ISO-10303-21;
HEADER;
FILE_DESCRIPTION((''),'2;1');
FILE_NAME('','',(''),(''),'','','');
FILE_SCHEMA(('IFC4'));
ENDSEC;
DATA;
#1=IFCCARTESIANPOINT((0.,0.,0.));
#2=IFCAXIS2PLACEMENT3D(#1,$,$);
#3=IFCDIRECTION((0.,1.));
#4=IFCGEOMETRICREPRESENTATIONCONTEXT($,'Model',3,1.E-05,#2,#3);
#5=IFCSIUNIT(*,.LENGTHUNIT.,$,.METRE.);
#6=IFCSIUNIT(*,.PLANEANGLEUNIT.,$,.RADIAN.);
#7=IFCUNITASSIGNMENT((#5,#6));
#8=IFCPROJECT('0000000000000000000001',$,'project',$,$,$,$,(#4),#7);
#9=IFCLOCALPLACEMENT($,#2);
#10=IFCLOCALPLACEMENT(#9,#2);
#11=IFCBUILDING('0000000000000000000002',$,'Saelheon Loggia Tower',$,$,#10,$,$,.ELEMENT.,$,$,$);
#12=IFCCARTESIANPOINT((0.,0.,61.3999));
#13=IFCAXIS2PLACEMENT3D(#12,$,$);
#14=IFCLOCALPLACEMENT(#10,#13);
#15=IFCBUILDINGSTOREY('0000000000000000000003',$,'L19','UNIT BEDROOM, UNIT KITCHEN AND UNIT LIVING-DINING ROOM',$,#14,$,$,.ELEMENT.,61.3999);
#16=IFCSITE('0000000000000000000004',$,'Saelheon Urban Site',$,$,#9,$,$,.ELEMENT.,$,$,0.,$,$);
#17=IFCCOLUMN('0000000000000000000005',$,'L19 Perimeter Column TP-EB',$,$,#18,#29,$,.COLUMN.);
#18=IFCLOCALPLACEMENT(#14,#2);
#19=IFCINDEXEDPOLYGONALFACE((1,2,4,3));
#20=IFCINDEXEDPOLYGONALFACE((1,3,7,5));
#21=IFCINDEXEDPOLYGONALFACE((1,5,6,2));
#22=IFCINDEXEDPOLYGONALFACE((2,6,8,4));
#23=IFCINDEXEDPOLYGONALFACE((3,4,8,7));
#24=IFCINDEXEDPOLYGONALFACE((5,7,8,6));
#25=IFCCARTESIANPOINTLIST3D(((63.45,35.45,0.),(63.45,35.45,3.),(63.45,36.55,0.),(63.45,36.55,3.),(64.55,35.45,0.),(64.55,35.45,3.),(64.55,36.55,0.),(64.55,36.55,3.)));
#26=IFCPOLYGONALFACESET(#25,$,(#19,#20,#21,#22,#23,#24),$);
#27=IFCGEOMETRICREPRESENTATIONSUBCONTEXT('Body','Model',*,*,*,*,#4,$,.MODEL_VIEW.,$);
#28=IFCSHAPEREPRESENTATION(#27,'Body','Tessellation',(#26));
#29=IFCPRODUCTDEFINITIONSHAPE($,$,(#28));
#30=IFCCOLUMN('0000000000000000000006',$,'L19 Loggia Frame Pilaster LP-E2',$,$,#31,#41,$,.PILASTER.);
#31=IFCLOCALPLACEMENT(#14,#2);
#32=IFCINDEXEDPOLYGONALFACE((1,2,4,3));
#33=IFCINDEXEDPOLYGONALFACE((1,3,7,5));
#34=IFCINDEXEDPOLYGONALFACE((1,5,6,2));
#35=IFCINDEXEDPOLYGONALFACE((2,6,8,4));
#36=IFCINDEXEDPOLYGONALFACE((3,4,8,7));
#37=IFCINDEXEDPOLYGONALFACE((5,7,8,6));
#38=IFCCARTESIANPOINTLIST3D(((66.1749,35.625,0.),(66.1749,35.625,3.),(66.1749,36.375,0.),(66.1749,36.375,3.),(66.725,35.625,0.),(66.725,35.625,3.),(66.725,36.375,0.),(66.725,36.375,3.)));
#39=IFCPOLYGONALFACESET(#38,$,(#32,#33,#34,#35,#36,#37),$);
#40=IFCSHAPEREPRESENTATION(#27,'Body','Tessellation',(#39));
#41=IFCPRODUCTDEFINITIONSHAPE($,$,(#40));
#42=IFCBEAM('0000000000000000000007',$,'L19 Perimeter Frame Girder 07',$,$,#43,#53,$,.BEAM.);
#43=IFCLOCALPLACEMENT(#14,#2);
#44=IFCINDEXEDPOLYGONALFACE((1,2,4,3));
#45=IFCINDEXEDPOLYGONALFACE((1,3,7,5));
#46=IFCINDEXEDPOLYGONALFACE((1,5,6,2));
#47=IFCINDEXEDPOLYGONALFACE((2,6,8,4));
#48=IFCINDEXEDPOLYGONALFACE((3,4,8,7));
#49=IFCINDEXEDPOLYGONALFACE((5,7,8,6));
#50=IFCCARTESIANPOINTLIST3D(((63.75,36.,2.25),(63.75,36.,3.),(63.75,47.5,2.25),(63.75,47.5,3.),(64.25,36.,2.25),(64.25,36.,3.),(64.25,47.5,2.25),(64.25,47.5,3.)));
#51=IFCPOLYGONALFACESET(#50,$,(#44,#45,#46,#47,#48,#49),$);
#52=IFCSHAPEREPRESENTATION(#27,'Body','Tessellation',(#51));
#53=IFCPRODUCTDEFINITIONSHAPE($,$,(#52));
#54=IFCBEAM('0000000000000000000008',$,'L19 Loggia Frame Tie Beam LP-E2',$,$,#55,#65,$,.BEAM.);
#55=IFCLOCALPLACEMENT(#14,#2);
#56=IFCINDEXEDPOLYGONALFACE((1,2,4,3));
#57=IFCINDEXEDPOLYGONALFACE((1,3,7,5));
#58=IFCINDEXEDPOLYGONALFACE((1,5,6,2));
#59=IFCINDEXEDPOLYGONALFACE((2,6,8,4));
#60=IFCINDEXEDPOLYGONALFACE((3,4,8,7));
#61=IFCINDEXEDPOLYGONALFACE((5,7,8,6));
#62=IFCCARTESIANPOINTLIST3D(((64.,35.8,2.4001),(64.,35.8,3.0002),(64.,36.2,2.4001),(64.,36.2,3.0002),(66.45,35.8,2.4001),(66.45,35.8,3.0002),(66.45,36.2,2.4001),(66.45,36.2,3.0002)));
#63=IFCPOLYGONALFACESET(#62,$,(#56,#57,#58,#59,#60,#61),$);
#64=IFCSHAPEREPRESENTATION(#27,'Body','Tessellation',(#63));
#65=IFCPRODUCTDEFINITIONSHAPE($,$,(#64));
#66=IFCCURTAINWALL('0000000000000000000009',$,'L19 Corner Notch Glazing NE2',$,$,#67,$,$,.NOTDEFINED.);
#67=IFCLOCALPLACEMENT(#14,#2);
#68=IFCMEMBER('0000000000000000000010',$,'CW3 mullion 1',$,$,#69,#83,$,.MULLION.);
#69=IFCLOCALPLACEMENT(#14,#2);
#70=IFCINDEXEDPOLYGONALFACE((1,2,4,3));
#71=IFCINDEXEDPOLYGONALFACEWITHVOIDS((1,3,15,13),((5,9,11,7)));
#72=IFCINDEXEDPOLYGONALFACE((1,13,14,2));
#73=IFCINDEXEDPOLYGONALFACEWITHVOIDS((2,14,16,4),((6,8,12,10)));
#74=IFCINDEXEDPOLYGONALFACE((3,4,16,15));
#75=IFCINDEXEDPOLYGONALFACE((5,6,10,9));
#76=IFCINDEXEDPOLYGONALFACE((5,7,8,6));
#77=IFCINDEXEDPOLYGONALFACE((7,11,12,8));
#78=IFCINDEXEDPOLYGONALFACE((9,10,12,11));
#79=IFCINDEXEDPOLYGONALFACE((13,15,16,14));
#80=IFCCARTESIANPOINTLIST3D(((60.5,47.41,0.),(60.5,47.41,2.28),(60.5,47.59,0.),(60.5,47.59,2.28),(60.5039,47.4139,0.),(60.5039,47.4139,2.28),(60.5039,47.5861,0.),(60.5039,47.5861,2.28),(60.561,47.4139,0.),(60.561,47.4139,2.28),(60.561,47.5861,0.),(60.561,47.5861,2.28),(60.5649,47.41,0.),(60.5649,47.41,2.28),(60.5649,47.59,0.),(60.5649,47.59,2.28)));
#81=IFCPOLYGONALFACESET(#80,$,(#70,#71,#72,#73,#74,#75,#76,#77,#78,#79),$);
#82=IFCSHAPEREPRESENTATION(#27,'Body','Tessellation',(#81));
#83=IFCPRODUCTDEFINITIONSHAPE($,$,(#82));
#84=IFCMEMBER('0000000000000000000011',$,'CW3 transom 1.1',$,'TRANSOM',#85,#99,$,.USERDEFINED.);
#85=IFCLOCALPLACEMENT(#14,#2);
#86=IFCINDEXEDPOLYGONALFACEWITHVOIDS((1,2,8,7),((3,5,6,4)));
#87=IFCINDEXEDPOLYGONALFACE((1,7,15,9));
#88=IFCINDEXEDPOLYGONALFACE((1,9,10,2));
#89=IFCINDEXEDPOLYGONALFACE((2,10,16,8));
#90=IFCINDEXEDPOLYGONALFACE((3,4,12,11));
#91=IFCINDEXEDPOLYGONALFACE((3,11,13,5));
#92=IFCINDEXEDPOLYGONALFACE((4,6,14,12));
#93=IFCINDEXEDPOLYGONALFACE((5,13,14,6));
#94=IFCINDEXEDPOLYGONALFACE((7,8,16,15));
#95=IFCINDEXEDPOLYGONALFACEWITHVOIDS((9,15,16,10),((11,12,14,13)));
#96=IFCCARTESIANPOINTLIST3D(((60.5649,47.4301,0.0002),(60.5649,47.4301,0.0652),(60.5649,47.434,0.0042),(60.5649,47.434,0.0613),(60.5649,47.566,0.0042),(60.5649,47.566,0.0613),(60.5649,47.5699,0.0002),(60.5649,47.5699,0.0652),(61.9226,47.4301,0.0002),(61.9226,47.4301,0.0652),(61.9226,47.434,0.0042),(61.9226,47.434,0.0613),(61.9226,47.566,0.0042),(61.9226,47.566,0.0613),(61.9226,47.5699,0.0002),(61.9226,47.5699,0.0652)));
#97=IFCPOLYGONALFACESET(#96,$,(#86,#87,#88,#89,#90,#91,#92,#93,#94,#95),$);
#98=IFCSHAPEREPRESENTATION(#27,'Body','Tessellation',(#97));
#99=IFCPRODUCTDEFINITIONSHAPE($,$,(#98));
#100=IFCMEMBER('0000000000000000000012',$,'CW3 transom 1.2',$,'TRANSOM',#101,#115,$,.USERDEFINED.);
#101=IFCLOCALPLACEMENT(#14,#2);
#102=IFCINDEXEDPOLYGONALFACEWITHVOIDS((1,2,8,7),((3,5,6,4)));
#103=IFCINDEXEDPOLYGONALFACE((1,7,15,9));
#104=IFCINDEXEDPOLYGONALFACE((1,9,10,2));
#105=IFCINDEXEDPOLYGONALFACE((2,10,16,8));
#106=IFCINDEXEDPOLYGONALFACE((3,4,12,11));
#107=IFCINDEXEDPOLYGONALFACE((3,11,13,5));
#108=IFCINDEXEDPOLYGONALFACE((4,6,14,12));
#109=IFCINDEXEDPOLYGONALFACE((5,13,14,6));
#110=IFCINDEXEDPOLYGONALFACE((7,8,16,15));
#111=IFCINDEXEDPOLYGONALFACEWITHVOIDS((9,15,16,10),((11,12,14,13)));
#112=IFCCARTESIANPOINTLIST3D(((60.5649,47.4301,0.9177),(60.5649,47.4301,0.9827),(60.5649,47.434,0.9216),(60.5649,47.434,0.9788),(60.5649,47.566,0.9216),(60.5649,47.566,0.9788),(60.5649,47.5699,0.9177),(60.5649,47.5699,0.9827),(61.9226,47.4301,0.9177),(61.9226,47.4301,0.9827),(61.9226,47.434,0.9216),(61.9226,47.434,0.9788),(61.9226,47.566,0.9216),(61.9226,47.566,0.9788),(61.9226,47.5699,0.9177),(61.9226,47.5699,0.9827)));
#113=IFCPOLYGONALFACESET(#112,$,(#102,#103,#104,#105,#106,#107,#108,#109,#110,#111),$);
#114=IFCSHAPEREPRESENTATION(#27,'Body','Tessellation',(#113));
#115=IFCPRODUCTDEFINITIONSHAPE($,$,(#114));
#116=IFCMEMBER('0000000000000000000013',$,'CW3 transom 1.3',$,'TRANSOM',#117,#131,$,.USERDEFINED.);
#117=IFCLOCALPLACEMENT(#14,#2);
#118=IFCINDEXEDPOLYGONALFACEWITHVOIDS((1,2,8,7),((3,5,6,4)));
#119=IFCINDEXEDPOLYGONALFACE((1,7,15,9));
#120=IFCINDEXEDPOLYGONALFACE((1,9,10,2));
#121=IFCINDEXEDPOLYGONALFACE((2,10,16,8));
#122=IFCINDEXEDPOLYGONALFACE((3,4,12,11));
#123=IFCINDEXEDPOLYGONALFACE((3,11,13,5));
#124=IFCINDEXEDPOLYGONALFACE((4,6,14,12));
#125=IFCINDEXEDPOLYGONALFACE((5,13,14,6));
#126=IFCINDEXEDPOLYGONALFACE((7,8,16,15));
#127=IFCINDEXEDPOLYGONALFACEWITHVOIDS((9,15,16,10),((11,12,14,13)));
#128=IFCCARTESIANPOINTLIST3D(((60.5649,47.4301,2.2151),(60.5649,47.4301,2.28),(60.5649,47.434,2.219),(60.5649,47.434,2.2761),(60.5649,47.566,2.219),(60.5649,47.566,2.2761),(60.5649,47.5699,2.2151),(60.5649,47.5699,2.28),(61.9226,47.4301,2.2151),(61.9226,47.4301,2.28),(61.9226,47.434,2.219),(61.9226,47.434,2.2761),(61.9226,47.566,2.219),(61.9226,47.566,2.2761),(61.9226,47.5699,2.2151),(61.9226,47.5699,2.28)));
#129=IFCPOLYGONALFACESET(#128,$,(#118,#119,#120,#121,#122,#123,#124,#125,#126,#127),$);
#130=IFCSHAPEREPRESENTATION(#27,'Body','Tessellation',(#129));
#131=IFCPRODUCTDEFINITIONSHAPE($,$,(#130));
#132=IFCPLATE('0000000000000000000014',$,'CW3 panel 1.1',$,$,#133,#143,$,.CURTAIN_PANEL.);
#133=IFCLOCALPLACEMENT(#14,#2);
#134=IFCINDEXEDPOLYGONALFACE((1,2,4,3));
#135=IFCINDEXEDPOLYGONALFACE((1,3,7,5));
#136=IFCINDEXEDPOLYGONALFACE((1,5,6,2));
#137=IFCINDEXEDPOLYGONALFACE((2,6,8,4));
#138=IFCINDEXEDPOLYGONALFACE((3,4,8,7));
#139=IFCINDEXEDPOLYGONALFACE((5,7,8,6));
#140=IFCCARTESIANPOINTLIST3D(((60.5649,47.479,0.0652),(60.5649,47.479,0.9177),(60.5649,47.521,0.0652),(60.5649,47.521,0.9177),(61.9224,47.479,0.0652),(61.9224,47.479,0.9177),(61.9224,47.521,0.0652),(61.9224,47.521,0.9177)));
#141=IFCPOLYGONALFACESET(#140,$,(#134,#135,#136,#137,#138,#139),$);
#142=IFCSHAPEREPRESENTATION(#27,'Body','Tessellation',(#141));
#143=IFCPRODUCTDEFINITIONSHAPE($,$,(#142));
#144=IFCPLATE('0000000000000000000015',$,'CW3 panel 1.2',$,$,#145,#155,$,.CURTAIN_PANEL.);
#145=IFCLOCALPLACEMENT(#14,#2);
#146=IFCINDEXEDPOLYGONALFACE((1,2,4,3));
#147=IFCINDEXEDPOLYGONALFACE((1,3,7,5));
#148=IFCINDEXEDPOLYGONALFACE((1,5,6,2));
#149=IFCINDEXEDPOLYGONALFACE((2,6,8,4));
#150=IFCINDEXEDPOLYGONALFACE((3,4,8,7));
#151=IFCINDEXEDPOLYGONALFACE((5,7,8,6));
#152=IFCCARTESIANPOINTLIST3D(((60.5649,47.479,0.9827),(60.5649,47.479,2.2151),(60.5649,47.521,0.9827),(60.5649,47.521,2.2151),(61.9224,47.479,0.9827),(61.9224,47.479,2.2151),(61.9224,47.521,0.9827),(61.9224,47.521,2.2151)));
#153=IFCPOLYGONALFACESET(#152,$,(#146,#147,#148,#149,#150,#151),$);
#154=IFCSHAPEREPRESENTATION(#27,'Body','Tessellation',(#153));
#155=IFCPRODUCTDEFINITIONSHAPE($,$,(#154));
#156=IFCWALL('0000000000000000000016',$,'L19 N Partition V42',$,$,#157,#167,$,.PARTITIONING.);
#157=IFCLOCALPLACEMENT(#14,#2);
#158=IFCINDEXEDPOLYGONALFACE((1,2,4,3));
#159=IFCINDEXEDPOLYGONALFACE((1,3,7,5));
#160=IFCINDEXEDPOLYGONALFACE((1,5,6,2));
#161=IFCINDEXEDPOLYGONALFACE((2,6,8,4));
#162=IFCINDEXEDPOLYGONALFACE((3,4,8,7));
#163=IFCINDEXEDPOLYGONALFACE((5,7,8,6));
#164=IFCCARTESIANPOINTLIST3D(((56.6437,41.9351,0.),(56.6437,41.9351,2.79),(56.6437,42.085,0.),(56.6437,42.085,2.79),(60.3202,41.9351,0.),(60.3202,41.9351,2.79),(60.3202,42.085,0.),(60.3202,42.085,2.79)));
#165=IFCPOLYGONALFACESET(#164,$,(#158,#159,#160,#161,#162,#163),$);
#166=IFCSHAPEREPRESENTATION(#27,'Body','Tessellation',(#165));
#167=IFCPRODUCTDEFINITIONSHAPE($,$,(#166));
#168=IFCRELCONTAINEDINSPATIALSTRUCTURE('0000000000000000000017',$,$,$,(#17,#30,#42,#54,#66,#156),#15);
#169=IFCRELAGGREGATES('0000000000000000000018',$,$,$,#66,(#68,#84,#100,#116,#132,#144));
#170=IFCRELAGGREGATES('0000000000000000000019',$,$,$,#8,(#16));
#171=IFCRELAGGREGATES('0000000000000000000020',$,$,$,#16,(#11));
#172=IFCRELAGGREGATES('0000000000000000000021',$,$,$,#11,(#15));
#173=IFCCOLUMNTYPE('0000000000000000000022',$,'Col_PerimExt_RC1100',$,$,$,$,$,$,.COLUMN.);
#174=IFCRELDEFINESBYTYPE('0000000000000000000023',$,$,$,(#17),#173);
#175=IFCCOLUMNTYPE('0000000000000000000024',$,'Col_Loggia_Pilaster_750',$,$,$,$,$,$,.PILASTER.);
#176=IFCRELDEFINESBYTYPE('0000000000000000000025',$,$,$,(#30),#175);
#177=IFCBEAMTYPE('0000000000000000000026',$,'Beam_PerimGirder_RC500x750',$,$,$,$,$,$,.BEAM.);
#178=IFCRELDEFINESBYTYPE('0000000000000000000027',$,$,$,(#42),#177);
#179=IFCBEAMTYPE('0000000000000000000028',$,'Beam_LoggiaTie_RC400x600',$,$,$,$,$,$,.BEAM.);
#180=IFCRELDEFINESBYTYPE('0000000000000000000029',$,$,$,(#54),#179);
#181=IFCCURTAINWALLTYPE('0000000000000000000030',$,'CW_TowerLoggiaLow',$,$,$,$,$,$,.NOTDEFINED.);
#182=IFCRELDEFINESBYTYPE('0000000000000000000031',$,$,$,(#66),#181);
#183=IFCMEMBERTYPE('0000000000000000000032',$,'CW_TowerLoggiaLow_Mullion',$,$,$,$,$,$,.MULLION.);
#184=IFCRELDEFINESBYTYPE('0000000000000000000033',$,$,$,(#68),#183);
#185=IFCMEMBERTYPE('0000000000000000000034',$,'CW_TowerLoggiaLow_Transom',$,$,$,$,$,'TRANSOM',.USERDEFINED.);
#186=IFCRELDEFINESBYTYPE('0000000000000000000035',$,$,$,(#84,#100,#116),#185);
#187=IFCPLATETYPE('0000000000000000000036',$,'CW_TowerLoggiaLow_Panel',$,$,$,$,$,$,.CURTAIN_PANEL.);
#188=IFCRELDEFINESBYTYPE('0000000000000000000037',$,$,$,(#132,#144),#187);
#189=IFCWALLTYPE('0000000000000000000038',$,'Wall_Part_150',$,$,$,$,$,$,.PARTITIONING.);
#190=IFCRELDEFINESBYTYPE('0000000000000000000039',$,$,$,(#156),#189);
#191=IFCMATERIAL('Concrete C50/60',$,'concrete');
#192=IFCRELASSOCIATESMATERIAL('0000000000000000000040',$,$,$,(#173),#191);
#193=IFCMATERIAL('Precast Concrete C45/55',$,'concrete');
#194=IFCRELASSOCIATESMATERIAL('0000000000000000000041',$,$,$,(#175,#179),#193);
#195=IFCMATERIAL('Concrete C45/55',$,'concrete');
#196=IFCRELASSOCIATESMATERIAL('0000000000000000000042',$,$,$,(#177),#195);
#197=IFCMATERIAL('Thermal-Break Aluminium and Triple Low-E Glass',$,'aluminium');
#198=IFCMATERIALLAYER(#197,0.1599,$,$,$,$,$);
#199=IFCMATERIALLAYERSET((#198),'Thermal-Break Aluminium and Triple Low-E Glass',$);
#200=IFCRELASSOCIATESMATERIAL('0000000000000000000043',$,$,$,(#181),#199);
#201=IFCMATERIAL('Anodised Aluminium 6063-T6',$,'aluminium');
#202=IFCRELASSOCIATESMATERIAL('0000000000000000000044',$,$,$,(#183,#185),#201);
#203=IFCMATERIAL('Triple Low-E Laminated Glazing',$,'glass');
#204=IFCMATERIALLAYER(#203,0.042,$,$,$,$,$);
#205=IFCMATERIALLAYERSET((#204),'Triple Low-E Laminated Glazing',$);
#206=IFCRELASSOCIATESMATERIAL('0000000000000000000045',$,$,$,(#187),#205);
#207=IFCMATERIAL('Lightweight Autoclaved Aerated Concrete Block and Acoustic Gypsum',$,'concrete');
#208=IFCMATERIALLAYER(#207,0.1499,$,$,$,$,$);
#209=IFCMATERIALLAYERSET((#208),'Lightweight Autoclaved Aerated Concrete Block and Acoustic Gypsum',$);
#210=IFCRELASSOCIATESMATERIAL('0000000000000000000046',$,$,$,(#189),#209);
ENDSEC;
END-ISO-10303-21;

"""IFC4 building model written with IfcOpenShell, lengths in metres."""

from ifc_helpers import new_model, si_unit, direction, frame, frame_2d, origin, origin_2d, place, context, subcontext, project, spatial, rectangle, hollow_rectangle, extrude, source, transform, mapped, material, layer, layer_set, material_profile, profile_set, type_object, element, aggregate, save


model = new_model("IFC4")

# Units and contexts
model_context = context("Model", 3, precision=1e-05, world=origin(), true_north=direction((0.0, 1.0)))
body_context = subcontext(model_context, "Body", "Model", "MODEL_VIEW")
ifc_project = project(units=[si_unit("LENGTHUNIT", "METRE"), si_unit("PLANEANGLEUNIT", "RADIAN")], contexts=[model_context])

# Site, building, storey
site_placement = place(None, origin())
site = spatial("IfcSite", under=ifc_project, at=site_placement, Name="Saelheon Urban Site", CompositionType="ELEMENT", RefElevation=0.0)
building_placement = place(site_placement, origin())
building = spatial("IfcBuilding", under=site, at=building_placement, Name="Saelheon Loggia Tower", CompositionType="ELEMENT")
storey_placement = place(building_placement, frame((0.0, 0.0, 61.3999)))
storey = spatial("IfcBuildingStorey", under=building, at=storey_placement, Name="L19", Description="UNIT BEDROOM, UNIT KITCHEN AND UNIT LIVING-DINING ROOM", CompositionType="ELEMENT", Elevation=61.3999)

# Columns
ifc_material_1 = material(Name="Concrete C50/60", Category="concrete")
ifc_material_profile_1 = material_profile(ifc_material_1, rectangle(XDim=1.1001, YDim=1.1001, at=origin_2d()), Name="RC-1100x1100")
ifc_profile_set_1 = profile_set([ifc_material_profile_1], Name="Concrete C50/60")
column_type_1 = type_object("IfcColumnType", Name="Col_PerimExt_RC1100", PredefinedType="COLUMN", material=ifc_profile_set_1)
shared_shape_1 = source(origin(), body_context, "Body", "SweptSolid", [
    extrude(rectangle(XDim=1.1001, YDim=1.1001, at=origin_2d()), origin(), (0.0, 0.0, 1.0), 3.0),
])
column_1_placement = place(storey_placement, frame((64.0, 36.0, 0.0), z_axis=(0.0, 0.0, 1.0), x_axis=(1.0, 0.0, 0.0)))
element("IfcColumn", 1, at=column_1_placement, inside=storey, type_object=column_type_1, Name="L19 Perimeter Column TP-EB", PredefinedType="COLUMN", context=body_context, shape_type="MappedRepresentation", body=[
    mapped(shared_shape_1, transform((0.0, 0.0, 0.0), scale=1.0)),
])
ifc_material_2 = material(Name="Precast Concrete C45/55", Category="concrete")
ifc_material_profile_2 = material_profile(ifc_material_2, rectangle(XDim=0.55, YDim=0.75, at=origin_2d()), Name="RC-550x750")
ifc_profile_set_2 = profile_set([ifc_material_profile_2], Name="Precast Concrete C45/55")
column_type_2 = type_object("IfcColumnType", Name="Col_Loggia_Pilaster_750", PredefinedType="PILASTER", material=ifc_profile_set_2)
shared_shape_2 = source(origin(), body_context, "Body", "SweptSolid", [
    extrude(rectangle(XDim=0.55, YDim=0.75, at=origin_2d()), origin(), (0.0, 0.0, 1.0), 3.0),
])
column_2_placement = place(storey_placement, frame((66.45, 36.0, 0.0), z_axis=(0.0, 0.0, 1.0), x_axis=(1.0, 0.0, 0.0)))
element("IfcColumn", 2, at=column_2_placement, inside=storey, type_object=column_type_2, Name="L19 Loggia Frame Pilaster LP-E2", PredefinedType="PILASTER", context=body_context, shape_type="MappedRepresentation", body=[
    mapped(shared_shape_2, transform((0.0, 0.0, 0.0), scale=1.0)),
])

# Beams
ifc_material_3 = material(Name="Concrete C45/55", Category="concrete")
ifc_material_profile_3 = material_profile(ifc_material_3, rectangle(XDim=0.5, YDim=0.75, at=origin_2d()), Name="RC-500x750")
ifc_profile_set_3 = profile_set([ifc_material_profile_3], Name="Concrete C45/55")
beam_type_1 = type_object("IfcBeamType", Name="Beam_PerimGirder_RC500x750", PredefinedType="BEAM", material=ifc_profile_set_3)
shared_shape_3 = source(origin(), body_context, "Body", "SweptSolid", [
    extrude(rectangle(XDim=0.5, YDim=0.75, at=origin_2d()), origin(), (0.0, 0.0, 1.0), 11.5),
])
beam_1_placement = place(storey_placement, frame((64.0, 36.0, 2.625), z_axis=(0.0, 1.0, 0.0), x_axis=(-1.0, 0.0, 0.0)))
element("IfcBeam", 3, at=beam_1_placement, inside=storey, type_object=beam_type_1, Name="L19 Perimeter Frame Girder 07", PredefinedType="BEAM", context=body_context, shape_type="MappedRepresentation", body=[
    mapped(shared_shape_3, transform((0.0, 0.0, 0.0), scale=1.0)),
])
ifc_material_profile_4 = material_profile(ifc_material_2, rectangle(XDim=0.3999, YDim=0.6001, at=origin_2d()), Name="RC-400x600")
ifc_profile_set_4 = profile_set([ifc_material_profile_4], Name="Precast Concrete C45/55")
beam_type_2 = type_object("IfcBeamType", Name="Beam_LoggiaTie_RC400x600", PredefinedType="BEAM", material=ifc_profile_set_4)
shared_shape_4 = source(origin(), body_context, "Body", "SweptSolid", [
    extrude(rectangle(XDim=0.3999, YDim=0.6001, at=origin_2d()), origin(), (0.0, 0.0, 1.0), 2.45),
])
beam_2_placement = place(storey_placement, frame((64.0, 36.0, 2.7002), z_axis=(1.0, 0.0, 0.0), x_axis=(0.0, 1.0, 0.0)))
element("IfcBeam", 4, at=beam_2_placement, inside=storey, type_object=beam_type_2, Name="L19 Loggia Frame Tie Beam LP-E2", PredefinedType="BEAM", context=body_context, shape_type="MappedRepresentation", body=[
    mapped(shared_shape_4, transform((0.0, 0.0, 0.0), scale=1.0)),
])

# Curtain wall, members, plates
ifc_material_4 = material(Name="Thermal-Break Aluminium and Triple Low-E Glass", Category="aluminium")
ifc_layer_1 = layer(ifc_material_4, 0.1599)
ifc_layer_set_1 = layer_set([ifc_layer_1], Name="Thermal-Break Aluminium and Triple Low-E Glass")
curtain_wall_type = type_object("IfcCurtainWallType", Name="CW_TowerLoggiaLow", PredefinedType="NOTDEFINED", material=ifc_layer_set_1)
curtain_wall_placement = place(storey_placement, origin())
curtain_wall = element("IfcCurtainWall", 5, at=curtain_wall_placement, inside=storey, type_object=curtain_wall_type, Name="L19 Corner Notch Glazing NE2", PredefinedType="NOTDEFINED")
ifc_material_5 = material(Name="Anodised Aluminium 6063-T6", Category="aluminium")
ifc_material_profile_5 = material_profile(ifc_material_5, hollow_rectangle(XDim=0.0649, YDim=0.1799, WallThickness=0.0039, at=origin_2d()), Name="RHS-180x65x4")
ifc_profile_set_5 = profile_set([ifc_material_profile_5], Name="Anodised Aluminium 6063-T6")
member_type_1 = type_object("IfcMemberType", Name="CW_TowerLoggiaLow_Mullion", PredefinedType="MULLION", material=ifc_profile_set_5)
shared_shape_5 = source(origin(), body_context, "Body", "SweptSolid", [
    extrude(hollow_rectangle(XDim=0.0649, YDim=0.1799, WallThickness=0.0039, at=origin_2d()), origin(), (0.0, 0.0, 1.0), 2.28),
])
member_1_placement = place(storey_placement, frame((60.5325, 47.5, 0.0), z_axis=(0.0, 0.0, 1.0), x_axis=(1.0, 0.0, 0.0)))
member_1 = element("IfcMember", 6, at=member_1_placement, type_object=member_type_1, Name="CW3 mullion 1", PredefinedType="MULLION", context=body_context, shape_type="MappedRepresentation", body=[
    mapped(shared_shape_5, transform((0.0, 0.0, 0.0), scale=1.0)),
])
ifc_material_profile_6 = material_profile(ifc_material_5, hollow_rectangle(XDim=0.0649, YDim=0.1399, WallThickness=0.0039, at=origin_2d()), Name="RHS-140x65x4")
ifc_profile_set_6 = profile_set([ifc_material_profile_6], Name="Anodised Aluminium 6063-T6")
member_type_2 = type_object("IfcMemberType", Name="CW_TowerLoggiaLow_Transom", ElementType="TRANSOM", PredefinedType="USERDEFINED", material=ifc_profile_set_6)
shared_shape_6 = source(origin(), body_context, "Body", "SweptSolid", [
    extrude(hollow_rectangle(XDim=0.0649, YDim=0.1399, WallThickness=0.0039, at=origin_2d()), origin(), (0.0, 0.0, 1.0), 1.3577),
])
member_2_placement = place(storey_placement, frame((60.5649, 47.5, 0.0327), z_axis=(1.0, 0.0, 0.0), x_axis=(0.0, 0.0, 1.0)))
member_2 = element("IfcMember", 7, at=member_2_placement, type_object=member_type_2, Name="CW3 transom 1.1", ObjectType="TRANSOM", PredefinedType="USERDEFINED", context=body_context, shape_type="MappedRepresentation", body=[
    mapped(shared_shape_6, transform((0.0, 0.0, 0.0), scale=1.0)),
])
member_3_placement = place(storey_placement, frame((60.5649, 47.5, 0.9502), z_axis=(1.0, 0.0, 0.0), x_axis=(0.0, 0.0, 1.0)))
member_3 = element("IfcMember", 8, at=member_3_placement, type_object=member_type_2, Name="CW3 transom 1.2", ObjectType="TRANSOM", PredefinedType="USERDEFINED", context=body_context, shape_type="MappedRepresentation", body=[
    mapped(shared_shape_6, transform((0.0, 0.0, 0.0), scale=1.0)),
])
member_4_placement = place(storey_placement, frame((60.5649, 47.5, 2.2476), z_axis=(1.0, 0.0, 0.0), x_axis=(0.0, 0.0, 1.0)))
member_4 = element("IfcMember", 9, at=member_4_placement, type_object=member_type_2, Name="CW3 transom 1.3", ObjectType="TRANSOM", PredefinedType="USERDEFINED", context=body_context, shape_type="MappedRepresentation", body=[
    mapped(shared_shape_6, transform((0.0, 0.0, 0.0), scale=1.0)),
])
ifc_material_6 = material(Name="Triple Low-E Laminated Glazing", Category="glass")
ifc_layer_2 = layer(ifc_material_6, 0.042)
ifc_layer_set_2 = layer_set([ifc_layer_2], Name="Triple Low-E Laminated Glazing")
plate_type = type_object("IfcPlateType", Name="CW_TowerLoggiaLow_Panel", PredefinedType="CURTAIN_PANEL", material=ifc_layer_set_2)
shared_shape_7 = source(origin(), body_context, "Body", "SweptSolid", [
    extrude(rectangle(XDim=1.3574, YDim=0.042, at=origin_2d()), origin(), (0.0, 0.0, 1.0), 0.8525),
])
plate_1_placement = place(storey_placement, frame((61.2437, 47.5, 0.0652), z_axis=(0.0, 0.0, 1.0), x_axis=(1.0, 0.0, 0.0)))
plate_1 = element("IfcPlate", 10, at=plate_1_placement, type_object=plate_type, Name="CW3 panel 1.1", PredefinedType="CURTAIN_PANEL", context=body_context, shape_type="MappedRepresentation", body=[
    mapped(shared_shape_7, transform((0.0, 0.0, 0.0), scale=1.0)),
])
shared_shape_8 = source(origin(), body_context, "Body", "SweptSolid", [
    extrude(rectangle(XDim=1.3574, YDim=0.042, at=origin_2d()), origin(), (0.0, 0.0, 1.0), 1.2324),
])
plate_2_placement = place(storey_placement, frame((61.2437, 47.5, 0.9827), z_axis=(0.0, 0.0, 1.0), x_axis=(1.0, 0.0, 0.0)))
plate_2 = element("IfcPlate", 11, at=plate_2_placement, type_object=plate_type, Name="CW3 panel 1.2", PredefinedType="CURTAIN_PANEL", context=body_context, shape_type="MappedRepresentation", body=[
    mapped(shared_shape_8, transform((0.0, 0.0, 0.0), scale=1.0)),
])
aggregate(curtain_wall, [member_1, member_2, member_3, member_4, plate_1, plate_2])

# Wall
ifc_material_7 = material(Name="Lightweight Autoclaved Aerated Concrete Block and Acoustic Gypsum", Category="concrete")
ifc_layer_3 = layer(ifc_material_7, 0.1499)
ifc_layer_set_3 = layer_set([ifc_layer_3], Name="Lightweight Autoclaved Aerated Concrete Block and Acoustic Gypsum")
wall_type_1 = type_object("IfcWallType", Name="Wall_Part_150", PredefinedType="PARTITIONING", material=ifc_layer_set_3)
wall_1_placement = place(storey_placement, frame((56.6436, 42.01, 0.0), z_axis=(0.0, 0.0, 1.0), x_axis=(1.0, 0.0, 0.0)))
element("IfcWall", 12, at=wall_1_placement, inside=storey, type_object=wall_type_1, Name="L19 N Partition V42", PredefinedType="PARTITIONING", context=body_context, shape_type="SweptSolid", body=[
    extrude(rectangle(XDim=3.6765, YDim=0.1499, at=frame_2d((1.8384, 0.0))), origin(), (0.0, 0.0, 1.0), 2.79),
])

save(model, "model.ifc")
